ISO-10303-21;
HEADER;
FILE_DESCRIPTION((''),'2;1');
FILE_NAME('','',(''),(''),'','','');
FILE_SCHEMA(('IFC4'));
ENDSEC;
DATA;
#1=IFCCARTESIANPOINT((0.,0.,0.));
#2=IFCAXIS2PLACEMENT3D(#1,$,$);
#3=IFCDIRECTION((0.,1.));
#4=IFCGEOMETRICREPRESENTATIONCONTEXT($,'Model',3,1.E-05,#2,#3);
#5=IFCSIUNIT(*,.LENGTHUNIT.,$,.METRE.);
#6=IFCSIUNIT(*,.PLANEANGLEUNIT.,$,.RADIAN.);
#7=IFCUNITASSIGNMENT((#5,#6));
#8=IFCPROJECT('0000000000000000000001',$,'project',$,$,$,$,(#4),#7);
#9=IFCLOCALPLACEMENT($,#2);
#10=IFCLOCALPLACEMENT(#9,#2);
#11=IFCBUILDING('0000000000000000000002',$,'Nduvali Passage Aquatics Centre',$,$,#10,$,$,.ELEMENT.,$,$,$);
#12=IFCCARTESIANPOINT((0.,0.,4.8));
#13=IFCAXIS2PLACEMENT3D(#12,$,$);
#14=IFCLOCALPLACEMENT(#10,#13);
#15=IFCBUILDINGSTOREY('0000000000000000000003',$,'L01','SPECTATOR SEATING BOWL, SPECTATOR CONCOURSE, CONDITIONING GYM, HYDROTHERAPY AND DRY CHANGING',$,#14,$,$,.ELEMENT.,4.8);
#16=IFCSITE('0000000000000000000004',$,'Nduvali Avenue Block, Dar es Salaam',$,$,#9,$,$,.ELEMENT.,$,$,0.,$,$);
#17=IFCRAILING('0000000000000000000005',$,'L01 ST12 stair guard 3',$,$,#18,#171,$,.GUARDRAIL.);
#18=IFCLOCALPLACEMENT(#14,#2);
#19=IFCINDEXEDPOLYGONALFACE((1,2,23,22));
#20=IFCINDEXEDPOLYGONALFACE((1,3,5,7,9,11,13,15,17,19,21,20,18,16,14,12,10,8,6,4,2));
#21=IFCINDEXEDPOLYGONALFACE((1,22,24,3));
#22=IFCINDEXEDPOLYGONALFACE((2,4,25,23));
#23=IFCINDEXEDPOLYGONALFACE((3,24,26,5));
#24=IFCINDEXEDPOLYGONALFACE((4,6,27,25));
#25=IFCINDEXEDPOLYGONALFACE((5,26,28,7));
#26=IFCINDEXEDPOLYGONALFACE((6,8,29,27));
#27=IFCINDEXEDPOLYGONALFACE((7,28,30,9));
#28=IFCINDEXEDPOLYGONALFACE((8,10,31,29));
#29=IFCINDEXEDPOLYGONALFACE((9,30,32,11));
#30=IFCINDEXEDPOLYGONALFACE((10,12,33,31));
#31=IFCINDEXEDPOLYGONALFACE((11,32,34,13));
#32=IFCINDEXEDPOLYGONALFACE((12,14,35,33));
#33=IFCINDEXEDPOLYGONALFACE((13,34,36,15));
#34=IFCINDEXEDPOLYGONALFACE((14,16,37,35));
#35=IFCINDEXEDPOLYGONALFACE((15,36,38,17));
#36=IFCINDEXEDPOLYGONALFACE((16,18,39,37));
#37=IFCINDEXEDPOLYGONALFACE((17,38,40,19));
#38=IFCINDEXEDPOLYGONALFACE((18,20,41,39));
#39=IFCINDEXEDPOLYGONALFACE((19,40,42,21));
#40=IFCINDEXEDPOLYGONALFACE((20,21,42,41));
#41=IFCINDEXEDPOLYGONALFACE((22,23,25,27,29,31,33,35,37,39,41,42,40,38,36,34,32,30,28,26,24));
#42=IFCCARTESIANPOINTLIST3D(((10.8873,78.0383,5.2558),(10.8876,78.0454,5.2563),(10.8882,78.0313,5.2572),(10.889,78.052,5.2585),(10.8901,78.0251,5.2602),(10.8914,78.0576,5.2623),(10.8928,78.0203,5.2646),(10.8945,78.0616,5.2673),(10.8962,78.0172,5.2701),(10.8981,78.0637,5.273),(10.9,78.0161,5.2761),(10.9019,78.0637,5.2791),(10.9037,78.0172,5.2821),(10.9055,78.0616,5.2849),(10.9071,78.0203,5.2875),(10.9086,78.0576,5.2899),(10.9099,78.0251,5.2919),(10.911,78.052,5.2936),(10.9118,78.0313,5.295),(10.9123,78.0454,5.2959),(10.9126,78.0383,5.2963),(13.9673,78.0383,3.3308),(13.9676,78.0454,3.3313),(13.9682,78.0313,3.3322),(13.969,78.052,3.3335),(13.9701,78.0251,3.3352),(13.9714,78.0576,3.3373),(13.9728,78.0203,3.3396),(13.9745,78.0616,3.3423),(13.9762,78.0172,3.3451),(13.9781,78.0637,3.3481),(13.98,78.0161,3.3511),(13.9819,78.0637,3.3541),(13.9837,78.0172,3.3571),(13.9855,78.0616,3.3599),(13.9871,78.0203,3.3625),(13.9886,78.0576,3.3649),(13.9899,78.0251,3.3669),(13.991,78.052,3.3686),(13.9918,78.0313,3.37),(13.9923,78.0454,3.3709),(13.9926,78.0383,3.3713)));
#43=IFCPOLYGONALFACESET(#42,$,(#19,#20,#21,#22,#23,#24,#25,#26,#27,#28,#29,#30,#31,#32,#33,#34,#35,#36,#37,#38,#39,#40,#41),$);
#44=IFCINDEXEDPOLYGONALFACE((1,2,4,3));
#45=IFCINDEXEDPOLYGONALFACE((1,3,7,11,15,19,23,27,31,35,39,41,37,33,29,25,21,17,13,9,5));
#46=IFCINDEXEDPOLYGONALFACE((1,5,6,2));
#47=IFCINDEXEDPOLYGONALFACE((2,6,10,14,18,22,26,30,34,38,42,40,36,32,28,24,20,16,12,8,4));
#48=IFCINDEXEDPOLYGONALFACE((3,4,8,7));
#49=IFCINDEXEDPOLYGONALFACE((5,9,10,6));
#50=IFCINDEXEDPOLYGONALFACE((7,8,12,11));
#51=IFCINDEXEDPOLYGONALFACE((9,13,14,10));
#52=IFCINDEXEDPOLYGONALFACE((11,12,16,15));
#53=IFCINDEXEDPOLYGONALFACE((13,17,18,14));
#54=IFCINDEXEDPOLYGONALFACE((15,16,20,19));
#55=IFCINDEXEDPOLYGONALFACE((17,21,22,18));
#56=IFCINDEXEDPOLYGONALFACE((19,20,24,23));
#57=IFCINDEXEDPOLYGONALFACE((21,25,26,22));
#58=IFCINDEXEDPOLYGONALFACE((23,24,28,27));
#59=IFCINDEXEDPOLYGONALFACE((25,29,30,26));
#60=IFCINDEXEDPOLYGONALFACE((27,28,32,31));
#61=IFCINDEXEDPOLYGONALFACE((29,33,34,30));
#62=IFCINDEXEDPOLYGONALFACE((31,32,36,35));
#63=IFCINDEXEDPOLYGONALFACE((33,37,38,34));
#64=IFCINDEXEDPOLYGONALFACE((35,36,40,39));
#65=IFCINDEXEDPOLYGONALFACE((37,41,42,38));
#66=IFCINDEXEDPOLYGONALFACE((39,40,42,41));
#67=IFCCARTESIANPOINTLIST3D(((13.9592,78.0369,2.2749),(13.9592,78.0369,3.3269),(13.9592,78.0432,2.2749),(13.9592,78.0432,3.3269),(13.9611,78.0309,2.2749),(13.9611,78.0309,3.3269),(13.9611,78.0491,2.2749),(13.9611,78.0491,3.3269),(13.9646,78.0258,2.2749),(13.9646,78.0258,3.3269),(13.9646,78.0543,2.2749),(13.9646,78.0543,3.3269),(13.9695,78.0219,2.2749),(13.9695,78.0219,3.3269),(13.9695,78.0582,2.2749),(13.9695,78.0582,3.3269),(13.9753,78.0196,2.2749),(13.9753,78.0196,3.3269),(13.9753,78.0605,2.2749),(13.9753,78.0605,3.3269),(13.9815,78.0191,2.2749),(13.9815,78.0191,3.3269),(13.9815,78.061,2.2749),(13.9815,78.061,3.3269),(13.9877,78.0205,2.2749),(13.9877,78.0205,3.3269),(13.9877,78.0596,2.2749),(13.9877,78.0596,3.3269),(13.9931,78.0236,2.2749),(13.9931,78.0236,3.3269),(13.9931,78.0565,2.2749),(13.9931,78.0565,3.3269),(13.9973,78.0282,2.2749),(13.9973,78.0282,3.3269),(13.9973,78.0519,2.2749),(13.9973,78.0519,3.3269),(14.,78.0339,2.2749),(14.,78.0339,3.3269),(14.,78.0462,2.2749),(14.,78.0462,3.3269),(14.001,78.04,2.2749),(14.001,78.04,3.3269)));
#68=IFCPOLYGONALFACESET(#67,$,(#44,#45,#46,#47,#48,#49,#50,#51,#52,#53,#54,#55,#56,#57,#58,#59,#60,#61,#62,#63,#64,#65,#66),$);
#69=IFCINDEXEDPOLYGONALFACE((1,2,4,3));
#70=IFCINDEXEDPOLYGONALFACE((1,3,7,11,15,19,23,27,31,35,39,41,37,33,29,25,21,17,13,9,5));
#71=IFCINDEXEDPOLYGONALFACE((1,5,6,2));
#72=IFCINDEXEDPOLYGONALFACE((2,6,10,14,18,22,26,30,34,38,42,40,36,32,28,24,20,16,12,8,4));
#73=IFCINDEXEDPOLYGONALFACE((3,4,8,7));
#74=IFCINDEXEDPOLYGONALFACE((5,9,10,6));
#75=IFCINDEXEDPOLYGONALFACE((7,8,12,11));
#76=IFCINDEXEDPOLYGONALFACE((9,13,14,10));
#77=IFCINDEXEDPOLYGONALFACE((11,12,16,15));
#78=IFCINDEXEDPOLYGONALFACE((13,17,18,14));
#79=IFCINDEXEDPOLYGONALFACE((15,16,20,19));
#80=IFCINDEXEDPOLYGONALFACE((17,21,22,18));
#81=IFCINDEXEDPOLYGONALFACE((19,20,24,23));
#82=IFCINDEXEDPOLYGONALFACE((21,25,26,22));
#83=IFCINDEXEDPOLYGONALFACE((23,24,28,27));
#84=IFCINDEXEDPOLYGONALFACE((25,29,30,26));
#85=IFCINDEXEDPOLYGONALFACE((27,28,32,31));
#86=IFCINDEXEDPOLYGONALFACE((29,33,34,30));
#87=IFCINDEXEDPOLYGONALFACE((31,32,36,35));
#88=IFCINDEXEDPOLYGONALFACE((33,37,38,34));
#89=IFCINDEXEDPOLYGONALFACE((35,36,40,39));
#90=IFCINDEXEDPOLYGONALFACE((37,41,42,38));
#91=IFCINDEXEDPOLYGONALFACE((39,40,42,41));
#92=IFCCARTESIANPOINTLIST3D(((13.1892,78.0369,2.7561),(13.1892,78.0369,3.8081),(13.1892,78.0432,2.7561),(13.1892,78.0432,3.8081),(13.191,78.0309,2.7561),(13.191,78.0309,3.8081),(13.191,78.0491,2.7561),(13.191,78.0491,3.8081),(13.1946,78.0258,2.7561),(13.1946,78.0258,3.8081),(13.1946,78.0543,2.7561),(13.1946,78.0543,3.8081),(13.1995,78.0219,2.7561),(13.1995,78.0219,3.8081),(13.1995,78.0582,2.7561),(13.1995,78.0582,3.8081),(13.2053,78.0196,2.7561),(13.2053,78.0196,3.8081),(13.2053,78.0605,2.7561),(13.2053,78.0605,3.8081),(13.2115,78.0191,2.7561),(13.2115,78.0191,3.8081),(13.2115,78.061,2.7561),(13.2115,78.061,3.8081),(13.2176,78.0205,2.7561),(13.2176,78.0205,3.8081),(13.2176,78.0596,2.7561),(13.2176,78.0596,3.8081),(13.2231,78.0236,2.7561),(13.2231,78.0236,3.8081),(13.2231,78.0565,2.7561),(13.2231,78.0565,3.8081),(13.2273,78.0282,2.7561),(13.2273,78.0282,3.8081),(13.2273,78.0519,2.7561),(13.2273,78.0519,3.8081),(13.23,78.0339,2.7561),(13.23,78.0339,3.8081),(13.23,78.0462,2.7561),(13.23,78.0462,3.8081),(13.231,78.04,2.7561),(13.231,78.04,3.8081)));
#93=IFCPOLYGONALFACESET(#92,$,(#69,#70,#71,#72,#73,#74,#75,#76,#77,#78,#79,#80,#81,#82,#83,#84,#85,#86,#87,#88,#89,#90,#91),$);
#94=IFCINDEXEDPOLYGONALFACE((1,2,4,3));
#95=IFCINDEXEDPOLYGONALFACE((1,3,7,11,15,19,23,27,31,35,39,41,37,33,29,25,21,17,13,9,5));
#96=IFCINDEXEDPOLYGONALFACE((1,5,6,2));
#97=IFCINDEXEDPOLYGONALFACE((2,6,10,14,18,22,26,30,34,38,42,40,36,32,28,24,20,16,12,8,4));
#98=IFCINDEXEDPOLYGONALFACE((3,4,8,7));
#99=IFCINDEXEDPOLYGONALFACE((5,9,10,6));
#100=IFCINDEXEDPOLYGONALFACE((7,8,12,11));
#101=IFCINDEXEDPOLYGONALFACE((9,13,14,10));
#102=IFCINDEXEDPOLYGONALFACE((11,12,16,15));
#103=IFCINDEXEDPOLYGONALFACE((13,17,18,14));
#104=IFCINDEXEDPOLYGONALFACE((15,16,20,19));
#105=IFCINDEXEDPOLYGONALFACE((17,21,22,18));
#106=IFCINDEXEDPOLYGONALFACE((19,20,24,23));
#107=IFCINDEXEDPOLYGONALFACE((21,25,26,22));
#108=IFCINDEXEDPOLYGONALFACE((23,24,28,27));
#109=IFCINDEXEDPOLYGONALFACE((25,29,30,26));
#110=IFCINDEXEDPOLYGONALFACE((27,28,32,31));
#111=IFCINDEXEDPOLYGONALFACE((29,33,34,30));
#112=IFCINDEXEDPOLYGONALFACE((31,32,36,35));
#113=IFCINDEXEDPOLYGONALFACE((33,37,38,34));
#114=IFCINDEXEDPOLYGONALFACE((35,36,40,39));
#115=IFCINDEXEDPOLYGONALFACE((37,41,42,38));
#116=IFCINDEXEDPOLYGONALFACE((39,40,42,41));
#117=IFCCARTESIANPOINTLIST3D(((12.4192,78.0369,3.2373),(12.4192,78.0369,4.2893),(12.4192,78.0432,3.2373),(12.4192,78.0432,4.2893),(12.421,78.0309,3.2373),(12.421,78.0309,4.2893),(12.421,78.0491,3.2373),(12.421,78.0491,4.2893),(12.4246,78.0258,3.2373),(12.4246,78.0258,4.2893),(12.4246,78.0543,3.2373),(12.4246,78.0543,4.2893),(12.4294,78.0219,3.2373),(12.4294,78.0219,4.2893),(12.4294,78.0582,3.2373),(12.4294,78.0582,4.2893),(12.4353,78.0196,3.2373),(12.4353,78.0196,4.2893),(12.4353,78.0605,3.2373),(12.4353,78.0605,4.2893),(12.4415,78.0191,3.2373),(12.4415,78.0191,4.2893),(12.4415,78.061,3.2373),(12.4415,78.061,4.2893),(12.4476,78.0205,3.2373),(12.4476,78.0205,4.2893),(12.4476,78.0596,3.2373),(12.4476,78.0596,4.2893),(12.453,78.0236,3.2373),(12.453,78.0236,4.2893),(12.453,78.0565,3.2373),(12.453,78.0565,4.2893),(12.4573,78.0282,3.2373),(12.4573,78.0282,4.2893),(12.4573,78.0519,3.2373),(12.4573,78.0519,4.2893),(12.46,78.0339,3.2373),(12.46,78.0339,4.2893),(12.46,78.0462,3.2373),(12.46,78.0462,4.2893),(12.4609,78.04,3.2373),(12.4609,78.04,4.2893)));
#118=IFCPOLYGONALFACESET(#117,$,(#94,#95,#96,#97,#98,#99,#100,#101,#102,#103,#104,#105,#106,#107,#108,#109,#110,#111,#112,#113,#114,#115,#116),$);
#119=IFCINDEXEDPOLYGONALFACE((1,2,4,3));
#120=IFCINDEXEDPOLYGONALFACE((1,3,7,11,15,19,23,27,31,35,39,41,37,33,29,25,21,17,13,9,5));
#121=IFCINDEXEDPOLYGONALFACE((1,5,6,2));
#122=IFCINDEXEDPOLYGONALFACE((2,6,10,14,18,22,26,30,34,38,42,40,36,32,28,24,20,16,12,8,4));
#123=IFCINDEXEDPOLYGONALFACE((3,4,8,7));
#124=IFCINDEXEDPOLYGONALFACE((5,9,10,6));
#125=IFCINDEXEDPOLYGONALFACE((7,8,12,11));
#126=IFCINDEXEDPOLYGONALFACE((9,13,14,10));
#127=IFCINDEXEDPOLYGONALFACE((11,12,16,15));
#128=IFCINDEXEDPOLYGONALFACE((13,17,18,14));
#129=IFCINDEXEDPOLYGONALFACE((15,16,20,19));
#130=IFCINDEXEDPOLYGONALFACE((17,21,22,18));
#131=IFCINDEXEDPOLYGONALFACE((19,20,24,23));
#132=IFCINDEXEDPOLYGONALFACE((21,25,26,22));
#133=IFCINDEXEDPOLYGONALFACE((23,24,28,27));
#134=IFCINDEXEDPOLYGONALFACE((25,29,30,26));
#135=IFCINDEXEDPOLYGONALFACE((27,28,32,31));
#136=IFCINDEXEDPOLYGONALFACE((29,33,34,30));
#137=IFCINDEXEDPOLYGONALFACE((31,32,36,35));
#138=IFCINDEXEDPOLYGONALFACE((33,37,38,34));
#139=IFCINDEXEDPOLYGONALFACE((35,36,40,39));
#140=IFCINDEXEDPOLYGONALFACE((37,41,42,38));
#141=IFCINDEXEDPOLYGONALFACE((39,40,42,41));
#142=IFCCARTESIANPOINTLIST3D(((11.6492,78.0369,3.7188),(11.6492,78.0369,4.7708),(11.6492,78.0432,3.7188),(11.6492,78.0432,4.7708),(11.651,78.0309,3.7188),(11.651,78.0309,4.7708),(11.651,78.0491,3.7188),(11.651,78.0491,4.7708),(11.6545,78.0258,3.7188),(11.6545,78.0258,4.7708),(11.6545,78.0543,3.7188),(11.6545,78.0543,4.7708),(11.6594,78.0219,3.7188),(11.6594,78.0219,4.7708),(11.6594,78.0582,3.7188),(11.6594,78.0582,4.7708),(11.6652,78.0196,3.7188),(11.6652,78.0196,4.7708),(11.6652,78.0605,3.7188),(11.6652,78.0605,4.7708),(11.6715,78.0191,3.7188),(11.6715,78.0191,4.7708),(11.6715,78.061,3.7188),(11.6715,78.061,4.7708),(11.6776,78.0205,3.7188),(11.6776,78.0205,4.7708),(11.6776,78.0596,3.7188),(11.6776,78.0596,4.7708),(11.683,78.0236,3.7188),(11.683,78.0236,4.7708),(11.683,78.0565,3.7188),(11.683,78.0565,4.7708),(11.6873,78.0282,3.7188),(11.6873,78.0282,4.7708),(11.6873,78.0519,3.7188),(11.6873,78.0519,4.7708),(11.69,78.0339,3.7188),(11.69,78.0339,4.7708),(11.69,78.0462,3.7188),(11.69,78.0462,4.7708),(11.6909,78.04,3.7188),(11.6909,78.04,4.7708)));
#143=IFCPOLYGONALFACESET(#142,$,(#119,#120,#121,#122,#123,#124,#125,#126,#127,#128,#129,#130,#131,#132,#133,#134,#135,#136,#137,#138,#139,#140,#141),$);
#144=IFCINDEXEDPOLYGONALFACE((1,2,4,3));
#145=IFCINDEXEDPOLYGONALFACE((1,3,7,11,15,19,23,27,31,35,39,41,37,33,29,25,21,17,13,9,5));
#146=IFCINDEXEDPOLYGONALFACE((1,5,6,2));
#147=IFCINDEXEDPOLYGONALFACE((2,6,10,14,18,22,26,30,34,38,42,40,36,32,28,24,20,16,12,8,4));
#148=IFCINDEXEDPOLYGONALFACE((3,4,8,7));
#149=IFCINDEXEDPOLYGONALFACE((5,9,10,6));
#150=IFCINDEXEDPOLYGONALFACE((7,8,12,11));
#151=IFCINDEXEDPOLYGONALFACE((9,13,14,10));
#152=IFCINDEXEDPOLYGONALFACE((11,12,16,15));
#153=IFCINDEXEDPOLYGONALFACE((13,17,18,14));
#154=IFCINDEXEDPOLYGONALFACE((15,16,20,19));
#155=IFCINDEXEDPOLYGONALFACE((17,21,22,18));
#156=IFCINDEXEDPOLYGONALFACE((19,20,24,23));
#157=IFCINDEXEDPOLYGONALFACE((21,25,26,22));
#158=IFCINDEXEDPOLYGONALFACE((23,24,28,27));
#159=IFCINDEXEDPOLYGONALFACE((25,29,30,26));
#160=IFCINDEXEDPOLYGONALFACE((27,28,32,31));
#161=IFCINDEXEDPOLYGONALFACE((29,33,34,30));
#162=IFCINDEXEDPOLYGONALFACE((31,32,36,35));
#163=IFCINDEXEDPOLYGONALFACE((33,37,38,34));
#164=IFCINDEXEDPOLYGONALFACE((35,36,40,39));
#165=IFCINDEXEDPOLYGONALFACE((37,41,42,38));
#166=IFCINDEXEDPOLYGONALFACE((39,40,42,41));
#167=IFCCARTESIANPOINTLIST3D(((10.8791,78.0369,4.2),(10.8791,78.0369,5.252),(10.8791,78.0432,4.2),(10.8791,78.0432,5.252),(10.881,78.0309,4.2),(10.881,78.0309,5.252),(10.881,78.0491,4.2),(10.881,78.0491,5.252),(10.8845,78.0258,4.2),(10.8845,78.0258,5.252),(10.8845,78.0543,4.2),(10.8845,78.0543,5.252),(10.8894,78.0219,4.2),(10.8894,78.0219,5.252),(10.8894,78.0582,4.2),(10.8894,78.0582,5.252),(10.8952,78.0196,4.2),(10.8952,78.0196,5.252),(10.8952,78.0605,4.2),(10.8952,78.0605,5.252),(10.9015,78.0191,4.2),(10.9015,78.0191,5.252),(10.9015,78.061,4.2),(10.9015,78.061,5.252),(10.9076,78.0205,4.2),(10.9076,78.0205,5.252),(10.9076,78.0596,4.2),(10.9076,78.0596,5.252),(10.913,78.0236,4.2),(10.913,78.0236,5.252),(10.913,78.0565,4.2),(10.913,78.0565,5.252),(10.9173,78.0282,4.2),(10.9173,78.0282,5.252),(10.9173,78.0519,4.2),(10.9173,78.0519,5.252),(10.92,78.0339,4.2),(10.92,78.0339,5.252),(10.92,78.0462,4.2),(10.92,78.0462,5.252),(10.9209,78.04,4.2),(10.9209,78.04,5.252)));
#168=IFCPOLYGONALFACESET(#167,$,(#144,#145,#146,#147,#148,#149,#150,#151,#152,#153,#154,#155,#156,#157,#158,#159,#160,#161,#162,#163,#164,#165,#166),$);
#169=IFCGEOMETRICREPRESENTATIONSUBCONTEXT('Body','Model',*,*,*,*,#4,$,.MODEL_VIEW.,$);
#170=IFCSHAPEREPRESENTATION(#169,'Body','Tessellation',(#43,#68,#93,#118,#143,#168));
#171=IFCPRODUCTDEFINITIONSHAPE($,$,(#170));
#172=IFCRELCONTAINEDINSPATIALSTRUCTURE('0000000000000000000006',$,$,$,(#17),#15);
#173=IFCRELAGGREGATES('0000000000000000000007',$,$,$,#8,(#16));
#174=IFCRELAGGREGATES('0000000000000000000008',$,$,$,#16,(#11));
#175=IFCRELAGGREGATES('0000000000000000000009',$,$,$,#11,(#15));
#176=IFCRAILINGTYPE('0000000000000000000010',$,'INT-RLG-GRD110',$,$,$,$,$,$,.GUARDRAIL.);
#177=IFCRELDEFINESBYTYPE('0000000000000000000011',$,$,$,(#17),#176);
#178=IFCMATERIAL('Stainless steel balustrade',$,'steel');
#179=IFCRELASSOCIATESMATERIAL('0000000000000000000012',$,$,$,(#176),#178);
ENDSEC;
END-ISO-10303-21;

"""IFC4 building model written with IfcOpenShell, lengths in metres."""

from ifc_helpers import new_model, si_unit, direction, frame, origin, origin_2d, place, context, subcontext, project, spatial, circle, extrude, material, type_object, element, save


model = new_model("IFC4")

# Units and contexts
model_context = context("Model", 3, precision=1e-05, world=origin(), true_north=direction((0.0, 1.0)))
body_context = subcontext(model_context, "Body", "Model", "MODEL_VIEW")
ifc_project = project(units=[si_unit("LENGTHUNIT", "METRE"), si_unit("PLANEANGLEUNIT", "RADIAN")], contexts=[model_context])

# Site, building, storey
site_placement = place(None, origin())
site = spatial("IfcSite", under=ifc_project, at=site_placement, Name="Nduvali Avenue Block, Dar es Salaam", CompositionType="ELEMENT", RefElevation=0.0)
building_placement = place(site_placement, origin())
building = spatial("IfcBuilding", under=site, at=building_placement, Name="Nduvali Passage Aquatics Centre", CompositionType="ELEMENT")
storey_placement = place(building_placement, frame((0.0, 0.0, 4.8)))
storey = spatial("IfcBuildingStorey", under=building, at=storey_placement, Name="L01", Description="SPECTATOR SEATING BOWL, SPECTATOR CONCOURSE, CONDITIONING GYM, HYDROTHERAPY AND DRY CHANGING", CompositionType="ELEMENT", Elevation=4.8)

# Railing
ifc_material_1 = material(Name="Stainless steel balustrade", Category="steel")
railing_type_1 = type_object("IfcRailingType", Name="INT-RLG-GRD110", PredefinedType="GUARDRAIL", material=ifc_material_1)
railing_1_placement = place(storey_placement, frame((13.98, 78.04, 2.2749)))
element("IfcRailing", 1, at=railing_1_placement, inside=storey, type_object=railing_type_1, Name="L01 ST12 stair guard 3", PredefinedType="GUARDRAIL", context=body_context, shape_type="SweptSolid", body=[
    extrude(circle(Radius=0.0239, at=origin_2d()), frame((0.0, 0.0, 1.0762), z_axis=(-0.847998, 0.0, 0.529999), x_axis=(0.0, -1.0, 0.0)), (0.0, 0.0, 1.0), 3.6321),
    extrude(circle(Radius=0.021, at=origin_2d()), origin(), (0.0, 0.0, 1.0), 1.052),
    extrude(circle(Radius=0.021, at=origin_2d()), frame((-0.77, 0.0, 0.4812)), (0.0, 0.0, 1.0), 1.052),
    extrude(circle(Radius=0.021, at=origin_2d()), frame((-1.54, 0.0, 0.9624)), (0.0, 0.0, 1.0), 1.052),
    extrude(circle(Radius=0.021, at=origin_2d()), frame((-2.3101, 0.0, 1.4438)), (0.0, 0.0, 1.0), 1.052),
    extrude(circle(Radius=0.021, at=origin_2d()), frame((-3.0801, 0.0, 1.925)), (0.0, 0.0, 1.0), 1.052),
])

save(model, "model.ifc")
